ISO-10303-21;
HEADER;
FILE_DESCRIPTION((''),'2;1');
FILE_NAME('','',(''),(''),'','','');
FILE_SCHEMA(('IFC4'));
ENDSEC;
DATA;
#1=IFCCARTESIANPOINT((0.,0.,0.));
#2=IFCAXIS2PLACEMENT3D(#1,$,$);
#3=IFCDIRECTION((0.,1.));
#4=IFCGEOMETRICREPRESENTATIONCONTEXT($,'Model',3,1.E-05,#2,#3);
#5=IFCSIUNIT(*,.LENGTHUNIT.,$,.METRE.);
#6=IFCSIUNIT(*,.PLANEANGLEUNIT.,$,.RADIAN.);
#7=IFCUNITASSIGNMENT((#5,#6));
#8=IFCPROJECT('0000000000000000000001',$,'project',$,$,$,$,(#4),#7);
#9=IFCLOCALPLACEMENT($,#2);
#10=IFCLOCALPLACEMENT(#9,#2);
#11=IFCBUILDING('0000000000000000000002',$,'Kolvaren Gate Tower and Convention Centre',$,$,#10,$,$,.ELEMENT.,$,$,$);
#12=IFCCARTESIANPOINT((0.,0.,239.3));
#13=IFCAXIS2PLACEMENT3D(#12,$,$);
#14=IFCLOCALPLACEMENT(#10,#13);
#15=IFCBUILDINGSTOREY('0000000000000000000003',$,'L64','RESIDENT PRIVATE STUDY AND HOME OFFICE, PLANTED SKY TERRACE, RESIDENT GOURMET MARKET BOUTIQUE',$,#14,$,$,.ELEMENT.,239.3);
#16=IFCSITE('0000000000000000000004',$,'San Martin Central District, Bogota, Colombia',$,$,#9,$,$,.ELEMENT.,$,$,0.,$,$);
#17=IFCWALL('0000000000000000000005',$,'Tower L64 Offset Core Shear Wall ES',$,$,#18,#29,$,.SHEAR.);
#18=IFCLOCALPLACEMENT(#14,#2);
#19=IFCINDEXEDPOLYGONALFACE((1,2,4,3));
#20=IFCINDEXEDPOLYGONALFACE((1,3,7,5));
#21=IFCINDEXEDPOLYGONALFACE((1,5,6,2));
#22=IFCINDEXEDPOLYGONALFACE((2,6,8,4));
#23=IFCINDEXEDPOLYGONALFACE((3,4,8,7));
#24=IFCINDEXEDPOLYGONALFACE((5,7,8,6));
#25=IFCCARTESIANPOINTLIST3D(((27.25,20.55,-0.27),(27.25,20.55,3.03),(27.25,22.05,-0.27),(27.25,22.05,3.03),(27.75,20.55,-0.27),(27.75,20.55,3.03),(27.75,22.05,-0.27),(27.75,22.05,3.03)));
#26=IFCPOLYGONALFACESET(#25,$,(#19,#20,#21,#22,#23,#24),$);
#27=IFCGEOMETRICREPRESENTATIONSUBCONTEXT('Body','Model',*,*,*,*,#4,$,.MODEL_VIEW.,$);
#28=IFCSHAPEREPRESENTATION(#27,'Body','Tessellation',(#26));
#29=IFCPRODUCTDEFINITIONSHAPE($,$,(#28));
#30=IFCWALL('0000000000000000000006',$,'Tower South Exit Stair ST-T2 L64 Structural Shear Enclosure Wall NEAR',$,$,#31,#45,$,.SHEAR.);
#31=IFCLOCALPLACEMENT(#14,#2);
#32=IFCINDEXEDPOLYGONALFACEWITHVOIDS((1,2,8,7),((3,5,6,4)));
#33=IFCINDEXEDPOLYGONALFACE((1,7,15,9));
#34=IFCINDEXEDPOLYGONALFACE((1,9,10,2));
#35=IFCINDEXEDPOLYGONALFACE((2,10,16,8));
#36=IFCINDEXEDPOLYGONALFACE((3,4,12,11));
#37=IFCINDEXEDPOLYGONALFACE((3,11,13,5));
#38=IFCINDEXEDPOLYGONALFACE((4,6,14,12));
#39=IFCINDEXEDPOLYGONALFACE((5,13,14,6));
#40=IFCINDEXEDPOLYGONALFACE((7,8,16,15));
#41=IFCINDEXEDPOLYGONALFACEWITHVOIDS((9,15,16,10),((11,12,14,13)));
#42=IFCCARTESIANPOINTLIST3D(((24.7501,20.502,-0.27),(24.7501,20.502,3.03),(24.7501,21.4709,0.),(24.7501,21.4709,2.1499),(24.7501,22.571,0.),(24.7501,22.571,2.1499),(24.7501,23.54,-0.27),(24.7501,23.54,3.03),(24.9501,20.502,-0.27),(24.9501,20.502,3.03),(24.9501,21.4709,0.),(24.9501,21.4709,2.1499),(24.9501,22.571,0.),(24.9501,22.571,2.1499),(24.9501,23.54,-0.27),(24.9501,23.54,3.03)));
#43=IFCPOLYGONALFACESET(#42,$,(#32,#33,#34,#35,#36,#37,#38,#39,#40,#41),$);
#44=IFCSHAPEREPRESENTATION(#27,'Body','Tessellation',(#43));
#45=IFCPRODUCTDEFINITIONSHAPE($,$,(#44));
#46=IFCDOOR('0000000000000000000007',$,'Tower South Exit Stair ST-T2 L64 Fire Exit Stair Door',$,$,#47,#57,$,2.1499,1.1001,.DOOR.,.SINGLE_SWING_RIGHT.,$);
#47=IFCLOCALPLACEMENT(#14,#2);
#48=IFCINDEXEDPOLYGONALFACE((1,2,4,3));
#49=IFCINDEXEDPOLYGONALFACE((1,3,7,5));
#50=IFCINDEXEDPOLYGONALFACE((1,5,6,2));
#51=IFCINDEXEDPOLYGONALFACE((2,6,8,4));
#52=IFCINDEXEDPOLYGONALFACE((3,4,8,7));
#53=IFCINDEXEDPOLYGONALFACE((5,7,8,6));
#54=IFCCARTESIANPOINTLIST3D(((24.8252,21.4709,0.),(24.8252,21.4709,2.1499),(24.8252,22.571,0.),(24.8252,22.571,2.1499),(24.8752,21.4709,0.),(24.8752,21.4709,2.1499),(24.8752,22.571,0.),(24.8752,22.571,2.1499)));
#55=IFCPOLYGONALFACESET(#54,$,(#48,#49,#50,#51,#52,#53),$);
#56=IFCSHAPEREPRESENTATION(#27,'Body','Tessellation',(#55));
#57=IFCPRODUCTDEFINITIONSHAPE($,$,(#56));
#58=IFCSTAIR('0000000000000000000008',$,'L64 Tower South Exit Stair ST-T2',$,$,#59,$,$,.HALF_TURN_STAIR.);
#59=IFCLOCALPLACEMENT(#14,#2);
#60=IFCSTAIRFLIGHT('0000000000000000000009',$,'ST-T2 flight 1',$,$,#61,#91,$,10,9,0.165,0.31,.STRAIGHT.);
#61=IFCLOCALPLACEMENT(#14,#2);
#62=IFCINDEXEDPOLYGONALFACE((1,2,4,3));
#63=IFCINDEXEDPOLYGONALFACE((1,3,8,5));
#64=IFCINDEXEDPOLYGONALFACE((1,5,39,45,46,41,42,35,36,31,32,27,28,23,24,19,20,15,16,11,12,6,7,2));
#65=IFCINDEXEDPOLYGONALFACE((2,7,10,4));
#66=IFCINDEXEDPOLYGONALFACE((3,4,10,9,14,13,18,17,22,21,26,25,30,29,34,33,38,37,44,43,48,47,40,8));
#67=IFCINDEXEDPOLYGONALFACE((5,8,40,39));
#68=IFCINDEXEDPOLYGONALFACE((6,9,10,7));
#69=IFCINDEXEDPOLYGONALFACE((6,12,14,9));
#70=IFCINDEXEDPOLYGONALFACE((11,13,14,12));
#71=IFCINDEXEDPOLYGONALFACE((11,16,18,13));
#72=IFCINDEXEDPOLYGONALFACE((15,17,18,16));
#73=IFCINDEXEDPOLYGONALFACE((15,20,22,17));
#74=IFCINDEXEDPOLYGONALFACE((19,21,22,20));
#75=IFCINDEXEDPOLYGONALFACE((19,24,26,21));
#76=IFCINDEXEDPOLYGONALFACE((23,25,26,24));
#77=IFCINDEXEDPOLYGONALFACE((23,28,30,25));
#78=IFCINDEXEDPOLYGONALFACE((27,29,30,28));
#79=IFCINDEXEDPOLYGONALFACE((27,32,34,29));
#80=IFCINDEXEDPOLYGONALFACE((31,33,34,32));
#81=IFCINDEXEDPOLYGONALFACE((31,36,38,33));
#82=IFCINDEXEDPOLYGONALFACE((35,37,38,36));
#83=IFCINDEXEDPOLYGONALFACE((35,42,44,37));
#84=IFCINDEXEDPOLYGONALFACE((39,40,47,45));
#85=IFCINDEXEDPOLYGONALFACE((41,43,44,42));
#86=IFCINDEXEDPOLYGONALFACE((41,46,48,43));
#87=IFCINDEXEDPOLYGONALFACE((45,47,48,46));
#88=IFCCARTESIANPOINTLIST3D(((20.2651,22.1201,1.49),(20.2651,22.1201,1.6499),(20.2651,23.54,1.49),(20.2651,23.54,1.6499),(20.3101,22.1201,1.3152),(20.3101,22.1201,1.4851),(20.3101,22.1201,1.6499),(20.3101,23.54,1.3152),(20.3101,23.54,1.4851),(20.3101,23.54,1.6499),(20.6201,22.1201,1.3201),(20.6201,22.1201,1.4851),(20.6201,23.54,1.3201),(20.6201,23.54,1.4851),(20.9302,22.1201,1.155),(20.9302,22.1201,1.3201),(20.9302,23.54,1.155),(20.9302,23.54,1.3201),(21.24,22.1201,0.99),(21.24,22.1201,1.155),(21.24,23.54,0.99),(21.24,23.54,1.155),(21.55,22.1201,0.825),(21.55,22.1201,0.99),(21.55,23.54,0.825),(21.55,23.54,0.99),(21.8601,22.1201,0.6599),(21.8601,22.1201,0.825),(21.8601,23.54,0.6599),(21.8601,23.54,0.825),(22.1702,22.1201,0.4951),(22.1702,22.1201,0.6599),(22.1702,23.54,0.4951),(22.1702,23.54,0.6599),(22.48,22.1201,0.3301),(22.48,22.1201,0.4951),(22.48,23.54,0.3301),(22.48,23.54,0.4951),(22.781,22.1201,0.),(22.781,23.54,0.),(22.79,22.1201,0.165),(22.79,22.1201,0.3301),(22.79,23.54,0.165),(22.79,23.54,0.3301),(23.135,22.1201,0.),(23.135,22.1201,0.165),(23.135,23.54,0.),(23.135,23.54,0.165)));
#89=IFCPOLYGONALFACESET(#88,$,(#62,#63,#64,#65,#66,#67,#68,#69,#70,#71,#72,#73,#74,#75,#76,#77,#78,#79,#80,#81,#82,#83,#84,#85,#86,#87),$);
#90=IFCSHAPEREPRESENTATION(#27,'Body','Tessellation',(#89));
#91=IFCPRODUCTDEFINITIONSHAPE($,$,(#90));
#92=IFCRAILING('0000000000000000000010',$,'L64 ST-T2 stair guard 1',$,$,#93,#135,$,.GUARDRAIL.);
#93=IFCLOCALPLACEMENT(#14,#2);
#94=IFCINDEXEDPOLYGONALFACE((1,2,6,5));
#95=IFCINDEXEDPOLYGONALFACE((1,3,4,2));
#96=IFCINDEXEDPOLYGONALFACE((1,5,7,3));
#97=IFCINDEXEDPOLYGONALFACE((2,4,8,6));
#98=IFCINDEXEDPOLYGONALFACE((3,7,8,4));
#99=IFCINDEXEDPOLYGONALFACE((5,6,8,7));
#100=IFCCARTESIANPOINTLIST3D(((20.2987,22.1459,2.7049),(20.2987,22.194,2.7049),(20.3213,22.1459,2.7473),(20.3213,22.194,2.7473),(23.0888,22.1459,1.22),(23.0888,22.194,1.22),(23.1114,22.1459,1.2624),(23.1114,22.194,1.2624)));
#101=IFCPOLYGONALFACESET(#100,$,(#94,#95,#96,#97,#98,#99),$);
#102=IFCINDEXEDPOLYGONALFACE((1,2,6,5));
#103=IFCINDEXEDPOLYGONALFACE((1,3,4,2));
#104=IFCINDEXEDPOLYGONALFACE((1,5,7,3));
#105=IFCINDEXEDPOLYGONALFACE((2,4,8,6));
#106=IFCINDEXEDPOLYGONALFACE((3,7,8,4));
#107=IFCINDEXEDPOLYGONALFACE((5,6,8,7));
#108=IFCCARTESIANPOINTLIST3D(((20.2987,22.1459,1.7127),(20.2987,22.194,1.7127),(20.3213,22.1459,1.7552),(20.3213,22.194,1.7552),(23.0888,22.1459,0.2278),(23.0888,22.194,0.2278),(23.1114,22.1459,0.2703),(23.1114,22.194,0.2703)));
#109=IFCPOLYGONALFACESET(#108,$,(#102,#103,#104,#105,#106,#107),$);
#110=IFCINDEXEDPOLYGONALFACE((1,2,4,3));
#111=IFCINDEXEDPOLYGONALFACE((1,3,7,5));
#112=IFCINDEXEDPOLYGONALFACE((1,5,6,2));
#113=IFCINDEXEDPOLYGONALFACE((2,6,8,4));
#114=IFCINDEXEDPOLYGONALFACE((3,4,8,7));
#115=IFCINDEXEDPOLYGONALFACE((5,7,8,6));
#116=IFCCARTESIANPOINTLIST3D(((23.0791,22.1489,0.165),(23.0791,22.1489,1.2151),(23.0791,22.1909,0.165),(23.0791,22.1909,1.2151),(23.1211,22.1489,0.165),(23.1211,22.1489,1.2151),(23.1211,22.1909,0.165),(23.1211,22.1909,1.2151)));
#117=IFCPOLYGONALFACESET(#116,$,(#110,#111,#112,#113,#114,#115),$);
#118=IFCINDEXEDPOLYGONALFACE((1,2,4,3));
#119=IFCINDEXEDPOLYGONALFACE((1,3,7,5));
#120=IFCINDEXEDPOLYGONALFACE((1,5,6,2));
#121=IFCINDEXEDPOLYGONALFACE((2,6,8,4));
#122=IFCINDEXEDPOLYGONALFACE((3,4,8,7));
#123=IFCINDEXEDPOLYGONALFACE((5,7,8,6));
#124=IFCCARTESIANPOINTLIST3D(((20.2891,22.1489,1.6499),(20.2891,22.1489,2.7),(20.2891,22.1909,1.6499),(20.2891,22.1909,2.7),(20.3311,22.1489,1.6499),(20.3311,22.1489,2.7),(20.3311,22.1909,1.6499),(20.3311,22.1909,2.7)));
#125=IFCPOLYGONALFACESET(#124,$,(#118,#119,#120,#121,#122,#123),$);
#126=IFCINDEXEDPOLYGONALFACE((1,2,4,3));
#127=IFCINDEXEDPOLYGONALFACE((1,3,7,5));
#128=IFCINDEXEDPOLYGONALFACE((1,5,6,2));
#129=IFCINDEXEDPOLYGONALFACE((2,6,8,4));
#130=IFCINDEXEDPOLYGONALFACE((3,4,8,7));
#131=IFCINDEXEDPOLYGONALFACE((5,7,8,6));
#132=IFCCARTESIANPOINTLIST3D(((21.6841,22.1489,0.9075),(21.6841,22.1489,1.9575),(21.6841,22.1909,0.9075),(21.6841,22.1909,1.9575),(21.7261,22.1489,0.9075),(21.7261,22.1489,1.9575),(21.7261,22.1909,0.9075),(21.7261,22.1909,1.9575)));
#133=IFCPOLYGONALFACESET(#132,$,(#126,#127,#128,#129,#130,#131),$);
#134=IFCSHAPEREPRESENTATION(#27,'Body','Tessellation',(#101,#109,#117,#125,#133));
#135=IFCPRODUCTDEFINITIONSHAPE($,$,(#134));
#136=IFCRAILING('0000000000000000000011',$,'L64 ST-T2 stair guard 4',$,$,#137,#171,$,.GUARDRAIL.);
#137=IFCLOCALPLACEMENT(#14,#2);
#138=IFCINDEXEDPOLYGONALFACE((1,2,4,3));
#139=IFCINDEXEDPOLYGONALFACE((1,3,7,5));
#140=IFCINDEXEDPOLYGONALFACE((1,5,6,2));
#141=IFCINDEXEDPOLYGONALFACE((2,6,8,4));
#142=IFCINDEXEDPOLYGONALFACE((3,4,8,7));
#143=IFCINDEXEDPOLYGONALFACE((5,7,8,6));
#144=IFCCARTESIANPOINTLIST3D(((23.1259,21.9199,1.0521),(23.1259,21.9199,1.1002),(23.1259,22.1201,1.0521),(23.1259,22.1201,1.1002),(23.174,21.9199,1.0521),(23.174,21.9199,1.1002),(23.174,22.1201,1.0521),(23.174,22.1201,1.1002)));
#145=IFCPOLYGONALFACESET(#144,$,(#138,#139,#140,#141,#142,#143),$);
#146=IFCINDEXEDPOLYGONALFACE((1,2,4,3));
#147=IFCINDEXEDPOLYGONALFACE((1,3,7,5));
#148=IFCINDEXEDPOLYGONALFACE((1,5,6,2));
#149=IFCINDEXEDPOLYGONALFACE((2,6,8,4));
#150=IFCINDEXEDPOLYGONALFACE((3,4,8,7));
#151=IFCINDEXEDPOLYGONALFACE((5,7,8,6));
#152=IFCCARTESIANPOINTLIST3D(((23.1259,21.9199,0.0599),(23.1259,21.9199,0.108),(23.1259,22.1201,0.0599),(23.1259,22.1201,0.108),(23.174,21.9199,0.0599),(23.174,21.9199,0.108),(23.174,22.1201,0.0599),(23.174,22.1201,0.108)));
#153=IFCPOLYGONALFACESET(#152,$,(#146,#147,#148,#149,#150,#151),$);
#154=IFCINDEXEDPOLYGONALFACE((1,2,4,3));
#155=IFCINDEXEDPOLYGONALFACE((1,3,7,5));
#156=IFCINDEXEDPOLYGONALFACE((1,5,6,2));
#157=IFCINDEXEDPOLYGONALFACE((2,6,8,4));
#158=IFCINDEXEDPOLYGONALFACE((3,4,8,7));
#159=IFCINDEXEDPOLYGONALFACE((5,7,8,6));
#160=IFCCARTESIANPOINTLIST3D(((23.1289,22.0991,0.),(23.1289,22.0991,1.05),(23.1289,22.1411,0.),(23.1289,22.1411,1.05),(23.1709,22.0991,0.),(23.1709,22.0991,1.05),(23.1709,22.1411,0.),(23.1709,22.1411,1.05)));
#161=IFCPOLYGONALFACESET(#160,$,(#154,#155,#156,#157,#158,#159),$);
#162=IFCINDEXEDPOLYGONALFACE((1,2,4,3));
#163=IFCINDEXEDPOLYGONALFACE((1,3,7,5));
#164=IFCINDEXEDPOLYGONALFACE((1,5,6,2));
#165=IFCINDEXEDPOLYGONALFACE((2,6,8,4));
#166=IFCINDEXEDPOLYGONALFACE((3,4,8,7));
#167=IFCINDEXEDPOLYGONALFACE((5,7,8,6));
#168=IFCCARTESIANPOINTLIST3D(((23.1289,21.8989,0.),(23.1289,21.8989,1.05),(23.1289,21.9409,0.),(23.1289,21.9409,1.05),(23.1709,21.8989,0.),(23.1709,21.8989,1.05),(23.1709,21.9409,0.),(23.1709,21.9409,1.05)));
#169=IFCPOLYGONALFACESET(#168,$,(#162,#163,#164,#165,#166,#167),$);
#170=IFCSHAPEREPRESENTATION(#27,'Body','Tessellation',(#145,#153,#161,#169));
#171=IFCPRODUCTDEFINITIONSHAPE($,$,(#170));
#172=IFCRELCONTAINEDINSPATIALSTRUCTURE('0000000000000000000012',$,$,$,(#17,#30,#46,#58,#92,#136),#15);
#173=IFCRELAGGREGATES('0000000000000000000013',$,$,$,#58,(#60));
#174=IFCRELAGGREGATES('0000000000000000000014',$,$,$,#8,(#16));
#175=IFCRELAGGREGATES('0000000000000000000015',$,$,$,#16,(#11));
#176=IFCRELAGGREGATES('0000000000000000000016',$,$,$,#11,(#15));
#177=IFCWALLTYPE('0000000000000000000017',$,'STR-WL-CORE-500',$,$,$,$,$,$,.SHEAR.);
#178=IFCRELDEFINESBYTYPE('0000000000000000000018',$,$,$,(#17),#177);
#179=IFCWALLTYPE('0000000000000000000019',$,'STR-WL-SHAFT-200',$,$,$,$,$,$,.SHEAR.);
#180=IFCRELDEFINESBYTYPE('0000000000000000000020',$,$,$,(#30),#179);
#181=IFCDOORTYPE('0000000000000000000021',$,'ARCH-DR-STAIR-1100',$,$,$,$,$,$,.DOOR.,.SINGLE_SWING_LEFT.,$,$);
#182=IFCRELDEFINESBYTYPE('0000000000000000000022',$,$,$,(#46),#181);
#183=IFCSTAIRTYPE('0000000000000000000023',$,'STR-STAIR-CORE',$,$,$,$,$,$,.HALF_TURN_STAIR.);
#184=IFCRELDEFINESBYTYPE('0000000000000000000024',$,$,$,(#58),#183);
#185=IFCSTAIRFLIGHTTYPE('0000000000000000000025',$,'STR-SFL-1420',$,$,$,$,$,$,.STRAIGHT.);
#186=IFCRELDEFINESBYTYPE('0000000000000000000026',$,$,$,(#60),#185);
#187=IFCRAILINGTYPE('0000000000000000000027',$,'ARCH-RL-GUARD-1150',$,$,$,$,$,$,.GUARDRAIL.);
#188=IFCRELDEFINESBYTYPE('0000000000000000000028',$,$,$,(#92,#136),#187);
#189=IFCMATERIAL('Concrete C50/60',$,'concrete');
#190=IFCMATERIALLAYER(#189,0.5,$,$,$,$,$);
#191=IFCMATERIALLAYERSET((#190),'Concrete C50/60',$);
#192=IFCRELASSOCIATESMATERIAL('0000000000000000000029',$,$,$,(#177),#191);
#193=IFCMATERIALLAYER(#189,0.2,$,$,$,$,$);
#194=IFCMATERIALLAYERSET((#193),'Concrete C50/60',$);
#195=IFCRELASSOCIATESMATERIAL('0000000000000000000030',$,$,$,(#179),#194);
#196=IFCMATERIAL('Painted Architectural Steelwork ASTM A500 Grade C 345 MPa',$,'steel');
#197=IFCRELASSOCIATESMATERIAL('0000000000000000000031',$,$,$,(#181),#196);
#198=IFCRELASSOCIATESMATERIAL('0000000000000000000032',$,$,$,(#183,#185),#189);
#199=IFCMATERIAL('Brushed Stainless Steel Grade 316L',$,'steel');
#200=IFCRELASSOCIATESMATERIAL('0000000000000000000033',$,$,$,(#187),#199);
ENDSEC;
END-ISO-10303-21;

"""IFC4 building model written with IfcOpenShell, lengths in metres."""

from ifc_helpers import new_model, si_unit, direction, frame, frame_2d, origin, origin_2d, place, context, subcontext, project, spatial, polyline, rectangle, outline, extrude, material, layer, layer_set, type_object, element, fill, aggregate, save


model = new_model("IFC4")

# Units and contexts
model_context = context("Model", 3, precision=1e-05, world=origin(), true_north=direction((0.0, 1.0)))
body_context = subcontext(model_context, "Body", "Model", "MODEL_VIEW")
ifc_project = project(units=[si_unit("LENGTHUNIT", "METRE"), si_unit("PLANEANGLEUNIT", "RADIAN")], contexts=[model_context])

# Site, building, storey
site_placement = place(None, origin())
site = spatial("IfcSite", under=ifc_project, at=site_placement, Name="San Martin Central District, Bogota, Colombia", CompositionType="ELEMENT", RefElevation=0.0)
building_placement = place(site_placement, origin())
building = spatial("IfcBuilding", under=site, at=building_placement, Name="Kolvaren Gate Tower and Convention Centre", CompositionType="ELEMENT")
storey_placement = place(building_placement, frame((0.0, 0.0, 239.3)))
storey = spatial("IfcBuildingStorey", under=building, at=storey_placement, Name="L64", Description="RESIDENT PRIVATE STUDY AND HOME OFFICE, PLANTED SKY TERRACE, RESIDENT GOURMET MARKET BOUTIQUE", CompositionType="ELEMENT", Elevation=239.3)

# Shared definitions
ifc_material_1 = material(Name="Painted Architectural Steelwork ASTM A500 Grade C 345 MPa", Category="steel")

# Shared definitions
ifc_material_2 = material(Name="Brushed Stainless Steel Grade 316L", Category="steel")

# Wall
ifc_material_3 = material(Name="Concrete C50/60", Category="concrete")
ifc_layer_1 = layer(ifc_material_3, 0.5)
ifc_layer_set_1 = layer_set([ifc_layer_1], Name="Concrete C50/60")
wall_type_1 = type_object("IfcWallType", Name="STR-WL-CORE-500", PredefinedType="SHEAR", material=ifc_layer_set_1)
wall_1_placement = place(storey_placement, frame((27.5, 20.55, -0.27), z_axis=(0.0, 0.0, 1.0), x_axis=(0.0, 1.0, 0.0)))
element("IfcWall", 1, at=wall_1_placement, inside=storey, type_object=wall_type_1, Name="Tower L64 Offset Core Shear Wall ES", PredefinedType="SHEAR", context=body_context, shape_type="SweptSolid", body=[
    extrude(rectangle(XDim=1.5, YDim=0.5, at=frame_2d((0.75, 0.0))), origin(), (0.0, 0.0, 1.0), 3.3),
])

# Wall, opening, door
ifc_layer_2 = layer(ifc_material_3, 0.2)
ifc_layer_set_2 = layer_set([ifc_layer_2], Name="Concrete C50/60")
wall_type_2 = type_object("IfcWallType", Name="STR-WL-SHAFT-200", PredefinedType="SHEAR", material=ifc_layer_set_2)
wall_2_placement = place(storey_placement, frame((24.8501, 20.502, -0.27), z_axis=(0.0, 0.0, 1.0), x_axis=(0.0, 1.0, 0.0)))
wall_2 = element("IfcWall", 2, at=wall_2_placement, inside=storey, type_object=wall_type_2, Name="Tower South Exit Stair ST-T2 L64 Structural Shear Enclosure Wall NEAR", PredefinedType="SHEAR", context=body_context, shape_type="SweptSolid", body=[
    extrude(rectangle(XDim=3.0381, YDim=0.2, at=frame_2d((1.519, 0.0))), origin(), (0.0, 0.0, 1.0), 3.3),
])
opening_1_placement = place(wall_2_placement, frame((0.969, 0.0, 0.27)))
opening_1 = element("IfcOpeningElement", 3, at=opening_1_placement, cuts=wall_2, PredefinedType="OPENING", context=body_context, shape_type="SweptSolid", body=[
    extrude(rectangle(XDim=1.1001, YDim=2.1499, at=frame_2d((0.55, 1.075))), frame((0.0, 0.1099, 0.0), z_axis=(0.0, -1.0, 0.0), x_axis=(1.0, 0.0, 0.0)), (0.0, 0.0, 1.0), 0.22),
])
door_type_1 = type_object("IfcDoorType", Name="ARCH-DR-STAIR-1100", OperationType="SINGLE_SWING_LEFT", PredefinedType="DOOR", material=ifc_material_1)
door_1_placement = place(opening_1_placement, origin())
door_1 = element("IfcDoor", 4, at=door_1_placement, inside=storey, type_object=door_type_1, Name="Tower South Exit Stair ST-T2 L64 Fire Exit Stair Door", OperationType="SINGLE_SWING_RIGHT", OverallHeight=2.1499, OverallWidth=1.1001, PredefinedType="DOOR", context=body_context, shape_type="SweptSolid", body=[
    extrude(rectangle(XDim=1.1001, YDim=2.1499, at=frame_2d((0.55, 1.075))), frame((0.0, 0.0249, 0.0), z_axis=(0.0, -1.0, 0.0), x_axis=(1.0, 0.0, 0.0)), (0.0, 0.0, 1.0), 0.05),
])
fill(opening_1, door_1)

# Stair, stair flight
stair_type = type_object("IfcStairType", Name="STR-STAIR-CORE", PredefinedType="HALF_TURN_STAIR", material=ifc_material_3)
stair_placement = place(storey_placement, origin())
stair = element("IfcStair", 5, at=stair_placement, inside=storey, type_object=stair_type, Name="L64 Tower South Exit Stair ST-T2", PredefinedType="HALF_TURN_STAIR")
stair_flight_type = type_object("IfcStairFlightType", Name="STR-SFL-1420", PredefinedType="STRAIGHT", material=ifc_material_3)
stair_flight_placement = place(storey_placement, frame((23.1001, 22.8301, 0.0), z_axis=(0.0, 0.0, 1.0), x_axis=(-1.0, 0.0, 0.0)))
stair_flight = element("IfcStairFlight", 6, at=stair_flight_placement, type_object=stair_flight_type, Name="ST-T2 flight 1", NumberOfRisers=10, NumberOfTreads=9, PredefinedType="STRAIGHT", RiserHeight=0.165, TreadLength=0.31, context=body_context, shape_type="SweptSolid", body=[
    extrude(outline(polyline([(-0.0349, 0.0), (-0.0349, 0.165), (0.3101, 0.165), (0.3101, 0.3301), (0.6201, 0.3301), (0.6201, 0.4951), (0.9299, 0.4951), (0.9299, 0.6599), (1.24, 0.6599), (1.24, 0.825), (1.55, 0.825), (1.55, 0.99), (1.8601, 0.99), (1.8601, 1.155), (2.1699, 1.155), (2.1699, 1.3201), (2.48, 1.3201), (2.48, 1.4851), (2.79, 1.4851), (2.79, 1.6499), (2.835, 1.6499), (2.835, 1.49), (2.79, 1.3152), (0.3191, 0.0), (-0.0349, 0.0)])), frame((0.0, 0.71, 0.0), z_axis=(0.0, -1.0, 0.0), x_axis=(1.0, 0.0, 0.0)), (0.0, 0.0, 1.0), 1.4199),
])
aggregate(stair, [stair_flight])

# Railings
railing_type_1 = type_object("IfcRailingType", Name="ARCH-RL-GUARD-1150", PredefinedType="GUARDRAIL", material=ifc_material_2)
railing_1_placement = place(storey_placement, frame((23.1001, 22.1699, 0.165)))
element("IfcRailing", 7, at=railing_1_placement, inside=storey, type_object=railing_type_1, Name="L64 ST-T2 stair guard 1", PredefinedType="GUARDRAIL", context=body_context, shape_type="SweptSolid", body=[
    extrude(rectangle(XDim=0.0481, YDim=0.0481, at=origin_2d()), frame((0.0, 0.0, 1.0762), z_axis=(-0.882767, 0.0, 0.46981), x_axis=(0.0, -1.0, 0.0)), (0.0, 0.0, 1.0), 3.1606),
    extrude(rectangle(XDim=0.0481, YDim=0.0481, at=origin_2d()), frame((0.0, 0.0, 0.084), z_axis=(-0.882767, 0.0, 0.46981), x_axis=(0.0, -1.0, 0.0)), (0.0, 0.0, 1.0), 3.1606),
    extrude(rectangle(XDim=0.042, YDim=0.042, at=origin_2d()), origin(), (0.0, 0.0, 1.0), 1.05),
    extrude(rectangle(XDim=0.042, YDim=0.042, at=origin_2d()), frame((-2.79, 0.0, 1.4849)), (0.0, 0.0, 1.0), 1.05),
    extrude(rectangle(XDim=0.042, YDim=0.042, at=origin_2d()), frame((-1.395, 0.0, 0.7424)), (0.0, 0.0, 1.0), 1.05),
])
railing_2_placement = place(storey_placement, frame((23.1499, 22.1201, 0.0)))
element("IfcRailing", 8, at=railing_2_placement, inside=storey, type_object=railing_type_1, Name="L64 ST-T2 stair guard 4", PredefinedType="GUARDRAIL", context=body_context, shape_type="SweptSolid", body=[
    extrude(rectangle(XDim=0.0481, YDim=0.0481, at=origin_2d()), frame((0.0, 0.0, 1.0762), z_axis=(0.0, -1.0, 0.0), x_axis=(1.0, 0.0, 0.0)), (0.0, 0.0, 1.0), 0.2002),
    extrude(rectangle(XDim=0.0481, YDim=0.0481, at=origin_2d()), frame((0.0, 0.0, 0.084), z_axis=(0.0, -1.0, 0.0), x_axis=(1.0, 0.0, 0.0)), (0.0, 0.0, 1.0), 0.2002),
    extrude(rectangle(XDim=0.042, YDim=0.042, at=origin_2d()), origin(), (0.0, 0.0, 1.0), 1.05),
    extrude(rectangle(XDim=0.042, YDim=0.042, at=origin_2d()), frame((0.0, -0.2002, 0.0)), (0.0, 0.0, 1.0), 1.05),
])

save(model, "model.ifc")
